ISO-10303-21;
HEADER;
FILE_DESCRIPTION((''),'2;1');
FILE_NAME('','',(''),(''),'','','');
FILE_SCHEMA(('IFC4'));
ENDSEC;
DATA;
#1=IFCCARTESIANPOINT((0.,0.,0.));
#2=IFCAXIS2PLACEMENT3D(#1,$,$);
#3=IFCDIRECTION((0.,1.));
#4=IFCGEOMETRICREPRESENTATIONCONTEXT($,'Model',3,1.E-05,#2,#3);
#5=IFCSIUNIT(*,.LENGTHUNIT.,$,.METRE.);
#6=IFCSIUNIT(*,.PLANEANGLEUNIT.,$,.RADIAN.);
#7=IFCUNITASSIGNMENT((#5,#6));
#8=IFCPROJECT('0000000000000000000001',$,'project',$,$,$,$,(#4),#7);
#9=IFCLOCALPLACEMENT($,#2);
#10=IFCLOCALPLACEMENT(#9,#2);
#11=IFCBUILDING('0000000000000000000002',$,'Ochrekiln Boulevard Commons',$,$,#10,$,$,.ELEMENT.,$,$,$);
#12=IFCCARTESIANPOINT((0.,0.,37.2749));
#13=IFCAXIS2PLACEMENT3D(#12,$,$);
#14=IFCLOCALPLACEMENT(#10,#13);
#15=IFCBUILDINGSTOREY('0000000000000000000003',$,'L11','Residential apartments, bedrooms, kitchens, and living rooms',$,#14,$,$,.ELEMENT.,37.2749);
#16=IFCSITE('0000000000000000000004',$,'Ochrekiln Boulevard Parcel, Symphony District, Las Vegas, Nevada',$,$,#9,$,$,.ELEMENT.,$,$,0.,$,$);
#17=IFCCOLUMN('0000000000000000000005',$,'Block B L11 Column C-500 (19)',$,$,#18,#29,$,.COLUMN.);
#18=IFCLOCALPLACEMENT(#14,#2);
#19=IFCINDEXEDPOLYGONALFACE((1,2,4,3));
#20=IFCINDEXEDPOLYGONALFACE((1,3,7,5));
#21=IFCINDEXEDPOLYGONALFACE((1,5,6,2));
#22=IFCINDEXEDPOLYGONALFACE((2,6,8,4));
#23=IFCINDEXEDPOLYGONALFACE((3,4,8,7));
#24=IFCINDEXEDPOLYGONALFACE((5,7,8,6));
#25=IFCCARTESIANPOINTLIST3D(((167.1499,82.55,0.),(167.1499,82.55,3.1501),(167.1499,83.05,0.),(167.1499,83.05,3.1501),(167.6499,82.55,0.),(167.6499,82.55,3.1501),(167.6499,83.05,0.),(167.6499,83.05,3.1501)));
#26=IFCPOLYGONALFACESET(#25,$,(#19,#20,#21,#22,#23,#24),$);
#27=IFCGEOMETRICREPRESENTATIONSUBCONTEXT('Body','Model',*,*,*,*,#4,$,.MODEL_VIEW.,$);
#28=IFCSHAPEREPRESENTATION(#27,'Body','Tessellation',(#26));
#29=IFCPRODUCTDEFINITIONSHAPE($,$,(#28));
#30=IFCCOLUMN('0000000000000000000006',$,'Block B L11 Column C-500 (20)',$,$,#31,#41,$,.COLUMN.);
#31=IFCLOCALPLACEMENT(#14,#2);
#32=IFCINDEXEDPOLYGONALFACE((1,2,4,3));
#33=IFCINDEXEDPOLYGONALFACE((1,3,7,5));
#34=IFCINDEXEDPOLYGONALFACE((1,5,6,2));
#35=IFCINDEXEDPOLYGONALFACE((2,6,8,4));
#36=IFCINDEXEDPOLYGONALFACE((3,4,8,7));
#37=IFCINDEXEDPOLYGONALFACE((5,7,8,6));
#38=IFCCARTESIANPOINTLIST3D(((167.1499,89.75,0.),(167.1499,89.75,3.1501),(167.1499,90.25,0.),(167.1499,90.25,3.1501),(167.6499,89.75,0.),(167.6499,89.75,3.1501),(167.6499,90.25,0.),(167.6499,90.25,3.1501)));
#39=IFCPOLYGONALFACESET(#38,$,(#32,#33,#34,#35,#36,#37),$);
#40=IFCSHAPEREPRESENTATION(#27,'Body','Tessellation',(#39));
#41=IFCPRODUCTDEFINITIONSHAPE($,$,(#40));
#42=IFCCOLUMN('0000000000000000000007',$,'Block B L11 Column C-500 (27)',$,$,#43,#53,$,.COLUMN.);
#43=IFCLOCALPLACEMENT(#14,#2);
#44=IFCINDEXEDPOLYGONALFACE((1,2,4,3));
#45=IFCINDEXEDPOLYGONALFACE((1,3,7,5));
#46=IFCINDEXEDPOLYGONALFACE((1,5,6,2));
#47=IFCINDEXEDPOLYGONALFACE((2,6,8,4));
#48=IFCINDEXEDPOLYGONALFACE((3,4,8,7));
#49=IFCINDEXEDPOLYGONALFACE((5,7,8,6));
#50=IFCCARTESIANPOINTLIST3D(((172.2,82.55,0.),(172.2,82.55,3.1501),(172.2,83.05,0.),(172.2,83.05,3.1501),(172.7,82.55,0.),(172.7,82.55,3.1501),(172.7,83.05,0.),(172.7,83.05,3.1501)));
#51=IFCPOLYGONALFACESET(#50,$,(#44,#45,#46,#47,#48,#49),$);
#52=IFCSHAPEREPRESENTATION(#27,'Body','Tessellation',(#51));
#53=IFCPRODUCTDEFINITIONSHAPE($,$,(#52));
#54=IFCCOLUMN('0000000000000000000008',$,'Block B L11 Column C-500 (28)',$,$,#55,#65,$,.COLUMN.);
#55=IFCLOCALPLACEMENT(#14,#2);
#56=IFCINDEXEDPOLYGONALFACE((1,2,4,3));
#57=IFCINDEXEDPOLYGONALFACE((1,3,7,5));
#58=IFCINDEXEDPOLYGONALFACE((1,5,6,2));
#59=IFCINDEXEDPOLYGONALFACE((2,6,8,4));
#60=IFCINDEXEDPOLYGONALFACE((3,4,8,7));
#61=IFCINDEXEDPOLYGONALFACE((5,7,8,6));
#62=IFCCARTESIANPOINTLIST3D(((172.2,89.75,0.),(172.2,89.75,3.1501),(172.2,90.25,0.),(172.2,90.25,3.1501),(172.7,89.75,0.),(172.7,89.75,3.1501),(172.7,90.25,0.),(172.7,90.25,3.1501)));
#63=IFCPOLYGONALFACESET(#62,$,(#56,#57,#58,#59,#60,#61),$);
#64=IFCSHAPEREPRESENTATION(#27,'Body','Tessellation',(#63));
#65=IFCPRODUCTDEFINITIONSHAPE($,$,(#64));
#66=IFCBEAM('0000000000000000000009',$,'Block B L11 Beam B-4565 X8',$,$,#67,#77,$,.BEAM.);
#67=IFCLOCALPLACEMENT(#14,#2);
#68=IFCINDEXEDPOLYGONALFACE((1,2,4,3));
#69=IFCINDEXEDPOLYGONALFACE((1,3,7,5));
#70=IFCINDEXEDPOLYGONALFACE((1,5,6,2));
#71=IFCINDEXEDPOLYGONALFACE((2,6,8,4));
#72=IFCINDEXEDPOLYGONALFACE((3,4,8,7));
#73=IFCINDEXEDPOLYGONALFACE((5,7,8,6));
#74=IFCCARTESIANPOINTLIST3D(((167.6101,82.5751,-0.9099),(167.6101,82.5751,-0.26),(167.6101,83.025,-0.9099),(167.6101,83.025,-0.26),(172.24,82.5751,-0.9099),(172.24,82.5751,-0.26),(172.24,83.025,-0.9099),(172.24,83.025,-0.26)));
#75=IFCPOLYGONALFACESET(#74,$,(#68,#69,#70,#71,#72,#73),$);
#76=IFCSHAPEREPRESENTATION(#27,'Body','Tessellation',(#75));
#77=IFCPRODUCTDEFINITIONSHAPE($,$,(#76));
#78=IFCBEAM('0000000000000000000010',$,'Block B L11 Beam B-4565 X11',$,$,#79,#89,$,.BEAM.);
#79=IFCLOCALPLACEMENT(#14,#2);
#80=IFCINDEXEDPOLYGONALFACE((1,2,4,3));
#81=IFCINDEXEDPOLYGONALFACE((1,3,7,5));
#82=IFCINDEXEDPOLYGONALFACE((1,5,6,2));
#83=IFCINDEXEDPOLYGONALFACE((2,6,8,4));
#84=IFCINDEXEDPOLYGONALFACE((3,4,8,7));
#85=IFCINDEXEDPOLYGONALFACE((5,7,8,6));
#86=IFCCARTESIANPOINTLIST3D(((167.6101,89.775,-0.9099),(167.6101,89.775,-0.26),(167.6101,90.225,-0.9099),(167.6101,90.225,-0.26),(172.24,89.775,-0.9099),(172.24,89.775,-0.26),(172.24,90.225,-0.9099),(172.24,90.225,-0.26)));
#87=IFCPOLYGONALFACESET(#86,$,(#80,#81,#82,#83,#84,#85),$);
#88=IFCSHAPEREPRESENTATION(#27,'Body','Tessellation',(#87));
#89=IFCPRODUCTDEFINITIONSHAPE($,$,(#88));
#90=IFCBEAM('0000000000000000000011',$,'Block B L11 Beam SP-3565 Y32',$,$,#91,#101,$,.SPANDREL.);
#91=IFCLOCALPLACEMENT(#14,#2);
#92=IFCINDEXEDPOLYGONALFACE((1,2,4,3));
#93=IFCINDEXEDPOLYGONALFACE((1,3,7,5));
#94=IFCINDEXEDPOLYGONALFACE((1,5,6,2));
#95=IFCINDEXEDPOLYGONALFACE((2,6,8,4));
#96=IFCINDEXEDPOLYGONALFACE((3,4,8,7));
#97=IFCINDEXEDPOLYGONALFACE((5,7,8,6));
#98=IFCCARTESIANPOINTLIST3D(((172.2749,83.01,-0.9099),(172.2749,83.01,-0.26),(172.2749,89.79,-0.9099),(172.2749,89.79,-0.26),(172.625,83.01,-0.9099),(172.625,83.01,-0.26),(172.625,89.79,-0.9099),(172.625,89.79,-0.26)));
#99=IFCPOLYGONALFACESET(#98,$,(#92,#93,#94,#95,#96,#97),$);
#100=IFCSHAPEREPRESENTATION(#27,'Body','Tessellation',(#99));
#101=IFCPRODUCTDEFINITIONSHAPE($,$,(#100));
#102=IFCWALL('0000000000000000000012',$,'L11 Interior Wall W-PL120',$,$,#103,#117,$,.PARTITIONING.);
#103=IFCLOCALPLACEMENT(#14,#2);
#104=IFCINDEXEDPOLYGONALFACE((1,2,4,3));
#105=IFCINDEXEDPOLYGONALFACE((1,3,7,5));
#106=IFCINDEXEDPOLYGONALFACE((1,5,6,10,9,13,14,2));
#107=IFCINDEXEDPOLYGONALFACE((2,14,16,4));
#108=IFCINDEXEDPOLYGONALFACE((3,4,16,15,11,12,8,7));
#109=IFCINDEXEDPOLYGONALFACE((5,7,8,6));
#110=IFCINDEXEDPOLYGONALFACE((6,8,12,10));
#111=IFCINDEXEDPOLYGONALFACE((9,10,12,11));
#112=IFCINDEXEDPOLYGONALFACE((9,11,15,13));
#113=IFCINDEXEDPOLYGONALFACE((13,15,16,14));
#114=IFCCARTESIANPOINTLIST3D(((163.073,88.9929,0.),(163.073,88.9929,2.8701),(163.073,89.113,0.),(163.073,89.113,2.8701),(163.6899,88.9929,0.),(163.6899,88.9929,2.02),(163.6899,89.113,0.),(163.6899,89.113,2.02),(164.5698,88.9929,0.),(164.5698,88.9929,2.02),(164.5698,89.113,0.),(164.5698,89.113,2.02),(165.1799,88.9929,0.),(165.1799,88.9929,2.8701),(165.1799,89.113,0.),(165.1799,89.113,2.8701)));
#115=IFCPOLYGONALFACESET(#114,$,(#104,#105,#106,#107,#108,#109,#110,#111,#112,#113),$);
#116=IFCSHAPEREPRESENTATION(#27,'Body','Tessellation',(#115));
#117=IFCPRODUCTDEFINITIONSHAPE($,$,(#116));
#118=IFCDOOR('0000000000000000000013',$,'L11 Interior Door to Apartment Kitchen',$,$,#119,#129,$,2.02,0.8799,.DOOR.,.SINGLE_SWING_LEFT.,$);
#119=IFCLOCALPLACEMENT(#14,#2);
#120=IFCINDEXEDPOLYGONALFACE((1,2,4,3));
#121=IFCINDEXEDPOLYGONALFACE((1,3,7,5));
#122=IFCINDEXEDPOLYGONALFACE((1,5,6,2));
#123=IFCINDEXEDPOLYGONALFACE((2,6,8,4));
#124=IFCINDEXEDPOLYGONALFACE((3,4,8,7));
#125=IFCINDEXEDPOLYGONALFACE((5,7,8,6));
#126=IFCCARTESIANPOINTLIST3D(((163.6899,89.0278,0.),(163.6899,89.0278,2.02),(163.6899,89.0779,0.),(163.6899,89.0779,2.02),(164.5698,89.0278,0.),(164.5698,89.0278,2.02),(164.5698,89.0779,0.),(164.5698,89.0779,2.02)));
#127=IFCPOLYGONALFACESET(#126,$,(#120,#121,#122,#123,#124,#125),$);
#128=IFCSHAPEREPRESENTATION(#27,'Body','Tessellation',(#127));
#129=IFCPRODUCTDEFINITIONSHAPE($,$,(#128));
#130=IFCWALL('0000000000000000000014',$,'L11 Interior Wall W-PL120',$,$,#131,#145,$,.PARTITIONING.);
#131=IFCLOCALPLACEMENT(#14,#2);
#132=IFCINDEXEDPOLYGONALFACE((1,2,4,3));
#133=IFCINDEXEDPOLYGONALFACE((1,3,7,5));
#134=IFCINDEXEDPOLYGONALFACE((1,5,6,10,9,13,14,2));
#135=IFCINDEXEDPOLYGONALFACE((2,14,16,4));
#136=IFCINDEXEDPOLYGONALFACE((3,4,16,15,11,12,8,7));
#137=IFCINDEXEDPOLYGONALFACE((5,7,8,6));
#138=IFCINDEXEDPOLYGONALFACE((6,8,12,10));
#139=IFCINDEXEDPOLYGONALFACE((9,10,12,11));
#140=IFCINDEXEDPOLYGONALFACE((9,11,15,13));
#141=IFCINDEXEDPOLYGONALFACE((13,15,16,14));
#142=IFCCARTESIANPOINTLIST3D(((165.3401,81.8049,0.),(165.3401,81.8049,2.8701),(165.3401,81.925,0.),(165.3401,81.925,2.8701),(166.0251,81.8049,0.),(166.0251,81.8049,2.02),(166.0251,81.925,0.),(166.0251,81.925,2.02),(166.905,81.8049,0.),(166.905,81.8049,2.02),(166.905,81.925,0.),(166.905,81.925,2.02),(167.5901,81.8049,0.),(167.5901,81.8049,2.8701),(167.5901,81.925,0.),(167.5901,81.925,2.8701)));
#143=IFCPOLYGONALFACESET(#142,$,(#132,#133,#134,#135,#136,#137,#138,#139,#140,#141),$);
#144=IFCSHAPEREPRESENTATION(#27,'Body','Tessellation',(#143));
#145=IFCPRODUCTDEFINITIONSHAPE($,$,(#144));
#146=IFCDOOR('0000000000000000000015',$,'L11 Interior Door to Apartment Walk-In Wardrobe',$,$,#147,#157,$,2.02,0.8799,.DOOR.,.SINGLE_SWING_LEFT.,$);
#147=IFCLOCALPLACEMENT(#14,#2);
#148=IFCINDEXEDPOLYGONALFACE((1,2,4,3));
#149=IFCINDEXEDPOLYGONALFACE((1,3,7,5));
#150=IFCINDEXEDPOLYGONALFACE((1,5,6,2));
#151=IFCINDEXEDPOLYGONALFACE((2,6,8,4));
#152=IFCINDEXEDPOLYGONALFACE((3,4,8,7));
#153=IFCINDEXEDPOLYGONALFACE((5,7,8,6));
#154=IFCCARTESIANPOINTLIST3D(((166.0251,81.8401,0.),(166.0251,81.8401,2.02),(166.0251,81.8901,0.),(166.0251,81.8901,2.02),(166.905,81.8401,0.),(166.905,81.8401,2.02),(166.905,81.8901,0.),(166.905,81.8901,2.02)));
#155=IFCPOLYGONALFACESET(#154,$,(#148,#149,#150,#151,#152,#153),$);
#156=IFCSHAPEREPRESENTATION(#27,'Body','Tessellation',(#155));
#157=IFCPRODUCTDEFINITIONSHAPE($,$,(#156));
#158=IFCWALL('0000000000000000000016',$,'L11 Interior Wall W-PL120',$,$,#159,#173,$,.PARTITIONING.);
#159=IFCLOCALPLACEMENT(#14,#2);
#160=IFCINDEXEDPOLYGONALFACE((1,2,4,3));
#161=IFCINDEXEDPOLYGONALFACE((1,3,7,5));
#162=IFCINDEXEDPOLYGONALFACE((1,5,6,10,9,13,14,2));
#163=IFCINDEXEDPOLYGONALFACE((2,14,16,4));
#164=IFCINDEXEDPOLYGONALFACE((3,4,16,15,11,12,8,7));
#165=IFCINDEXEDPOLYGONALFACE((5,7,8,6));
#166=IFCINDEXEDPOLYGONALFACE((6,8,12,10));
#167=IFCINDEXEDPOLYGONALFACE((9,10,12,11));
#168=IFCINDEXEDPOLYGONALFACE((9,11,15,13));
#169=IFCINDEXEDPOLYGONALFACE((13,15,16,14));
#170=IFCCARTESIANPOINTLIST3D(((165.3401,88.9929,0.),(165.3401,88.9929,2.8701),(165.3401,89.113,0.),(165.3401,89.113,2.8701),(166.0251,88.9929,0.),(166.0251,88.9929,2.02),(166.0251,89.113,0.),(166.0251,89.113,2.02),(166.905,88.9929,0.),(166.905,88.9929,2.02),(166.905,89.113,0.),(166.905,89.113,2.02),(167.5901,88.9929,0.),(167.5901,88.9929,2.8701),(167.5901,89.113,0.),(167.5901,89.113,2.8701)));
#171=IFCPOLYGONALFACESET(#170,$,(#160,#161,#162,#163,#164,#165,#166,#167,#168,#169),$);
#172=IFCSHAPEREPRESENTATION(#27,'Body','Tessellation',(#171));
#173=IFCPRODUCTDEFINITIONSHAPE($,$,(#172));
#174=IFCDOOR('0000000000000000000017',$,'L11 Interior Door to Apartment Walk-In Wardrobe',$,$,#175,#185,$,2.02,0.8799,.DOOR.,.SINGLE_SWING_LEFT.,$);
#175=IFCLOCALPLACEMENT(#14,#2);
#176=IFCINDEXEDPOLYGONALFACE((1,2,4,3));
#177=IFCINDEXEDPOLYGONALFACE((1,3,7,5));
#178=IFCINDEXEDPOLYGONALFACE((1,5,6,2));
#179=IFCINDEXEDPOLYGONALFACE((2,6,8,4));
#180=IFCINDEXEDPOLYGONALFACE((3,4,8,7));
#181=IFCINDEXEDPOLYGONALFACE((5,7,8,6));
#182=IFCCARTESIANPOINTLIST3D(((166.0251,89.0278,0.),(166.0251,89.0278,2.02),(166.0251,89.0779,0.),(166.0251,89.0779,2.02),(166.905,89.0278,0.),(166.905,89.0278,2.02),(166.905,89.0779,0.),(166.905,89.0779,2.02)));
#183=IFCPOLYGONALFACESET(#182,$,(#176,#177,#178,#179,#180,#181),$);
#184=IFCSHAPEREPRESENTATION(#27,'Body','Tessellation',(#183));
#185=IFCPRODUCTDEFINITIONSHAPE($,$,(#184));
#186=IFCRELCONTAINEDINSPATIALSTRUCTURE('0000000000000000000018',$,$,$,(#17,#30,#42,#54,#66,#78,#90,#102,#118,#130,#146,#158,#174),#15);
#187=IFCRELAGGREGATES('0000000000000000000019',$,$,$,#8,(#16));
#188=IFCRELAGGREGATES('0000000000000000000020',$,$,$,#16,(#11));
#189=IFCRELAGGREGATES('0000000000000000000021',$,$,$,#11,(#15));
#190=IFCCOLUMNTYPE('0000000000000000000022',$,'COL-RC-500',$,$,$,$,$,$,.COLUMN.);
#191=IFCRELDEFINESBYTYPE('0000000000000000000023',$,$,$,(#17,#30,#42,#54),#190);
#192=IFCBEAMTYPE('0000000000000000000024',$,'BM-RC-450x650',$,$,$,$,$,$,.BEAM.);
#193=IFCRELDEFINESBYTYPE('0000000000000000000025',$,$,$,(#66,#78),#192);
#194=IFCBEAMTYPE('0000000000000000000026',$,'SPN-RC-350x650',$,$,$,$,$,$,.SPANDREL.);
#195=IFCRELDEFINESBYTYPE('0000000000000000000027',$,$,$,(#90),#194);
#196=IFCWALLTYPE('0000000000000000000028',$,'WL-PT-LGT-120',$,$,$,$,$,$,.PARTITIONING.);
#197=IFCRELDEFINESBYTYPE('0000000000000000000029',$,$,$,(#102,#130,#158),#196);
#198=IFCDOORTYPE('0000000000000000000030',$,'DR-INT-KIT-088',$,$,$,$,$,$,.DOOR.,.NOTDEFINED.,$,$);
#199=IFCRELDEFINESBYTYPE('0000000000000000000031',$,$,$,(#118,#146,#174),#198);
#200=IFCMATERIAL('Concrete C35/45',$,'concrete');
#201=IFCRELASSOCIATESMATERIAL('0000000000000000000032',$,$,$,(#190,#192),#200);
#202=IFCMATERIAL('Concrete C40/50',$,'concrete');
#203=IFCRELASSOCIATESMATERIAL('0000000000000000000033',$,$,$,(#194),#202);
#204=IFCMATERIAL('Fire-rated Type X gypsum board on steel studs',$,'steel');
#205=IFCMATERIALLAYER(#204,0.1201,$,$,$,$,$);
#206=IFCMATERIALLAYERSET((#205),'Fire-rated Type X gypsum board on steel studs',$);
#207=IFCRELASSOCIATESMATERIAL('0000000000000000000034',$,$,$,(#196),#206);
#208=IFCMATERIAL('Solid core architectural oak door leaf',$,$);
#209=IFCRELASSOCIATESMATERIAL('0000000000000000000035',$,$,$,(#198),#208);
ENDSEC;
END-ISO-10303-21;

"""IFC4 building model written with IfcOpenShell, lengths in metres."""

from ifc_helpers import new_model, si_unit, direction, frame, frame_2d, origin, origin_2d, place, context, subcontext, project, spatial, rectangle, extrude, material, layer, layer_set, material_profile, profile_set, type_object, element, fill, save


model = new_model("IFC4")

# Units and contexts
model_context = context("Model", 3, precision=1e-05, world=origin(), true_north=direction((0.0, 1.0)))
body_context = subcontext(model_context, "Body", "Model", "MODEL_VIEW")
ifc_project = project(units=[si_unit("LENGTHUNIT", "METRE"), si_unit("PLANEANGLEUNIT", "RADIAN")], contexts=[model_context])

# Site, building, storey
site_placement = place(None, origin())
site = spatial("IfcSite", under=ifc_project, at=site_placement, Name="Ochrekiln Boulevard Parcel, Symphony District, Las Vegas, Nevada", CompositionType="ELEMENT", RefElevation=0.0)
building_placement = place(site_placement, origin())
building = spatial("IfcBuilding", under=site, at=building_placement, Name="Ochrekiln Boulevard Commons", CompositionType="ELEMENT")
storey_placement = place(building_placement, frame((0.0, 0.0, 37.2749)))
storey = spatial("IfcBuildingStorey", under=building, at=storey_placement, Name="L11", Description="Residential apartments, bedrooms, kitchens, and living rooms", CompositionType="ELEMENT", Elevation=37.2749)

# Columns
ifc_material_1 = material(Name="Concrete C35/45", Category="concrete")
ifc_material_profile_1 = material_profile(ifc_material_1, rectangle(XDim=0.5, YDim=0.5, at=origin_2d()), Name="RC-COL-500x500")
ifc_profile_set_1 = profile_set([ifc_material_profile_1], Name="Concrete C35/45")
column_type = type_object("IfcColumnType", Name="COL-RC-500", PredefinedType="COLUMN", material=ifc_profile_set_1)
for number, where, z_axis, x_axis, name in (
    (1, (167.3999, 82.8, 0.0), (0.0, 0.0, 1.0), (1.0, 0.0, 0.0), "Block B L11 Column C-500 (19)"),
    (2, (167.3999, 90.0, 0.0), (0.0, 0.0, 1.0), (1.0, 0.0, 0.0), "Block B L11 Column C-500 (20)"),
    (3, (172.45, 82.8, 0.0), (0.0, 0.0, 1.0), (1.0, 0.0, 0.0), "Block B L11 Column C-500 (27)"),
    (4, (172.45, 90.0, 0.0), (0.0, 0.0, 1.0), (1.0, 0.0, 0.0), "Block B L11 Column C-500 (28)"),
):
    element("IfcColumn", number, at=place(storey_placement, frame(where, z_axis=z_axis, x_axis=x_axis)), inside=storey, type_object=column_type, Name=name, PredefinedType="COLUMN", context=body_context, shape_type="SweptSolid", body=[
        extrude(rectangle(XDim=0.5, YDim=0.5, at=origin_2d()), origin(), (0.0, 0.0, 1.0), 3.1501),
    ])

# Beams
ifc_material_profile_2 = material_profile(ifc_material_1, rectangle(XDim=0.45, YDim=0.6499, at=origin_2d()), Name="RC-BM-450x650")
ifc_profile_set_2 = profile_set([ifc_material_profile_2], Name="Concrete C35/45")
beam_type_1 = type_object("IfcBeamType", Name="BM-RC-450x650", PredefinedType="BEAM", material=ifc_profile_set_2)
for number, where, z_axis, x_axis, name in (
    (5, (167.6101, 82.8, -0.585), (1.0, 0.0, 0.0), (0.0, 1.0, 0.0), "Block B L11 Beam B-4565 X8"),
    (6, (167.6101, 90.0, -0.585), (1.0, 0.0, 0.0), (0.0, 1.0, 0.0), "Block B L11 Beam B-4565 X11"),
):
    element("IfcBeam", number, at=place(storey_placement, frame(where, z_axis=z_axis, x_axis=x_axis)), inside=storey, type_object=beam_type_1, Name=name, PredefinedType="BEAM", context=body_context, shape_type="SweptSolid", body=[
        extrude(rectangle(XDim=0.45, YDim=0.6499, at=origin_2d()), origin(), (0.0, 0.0, 1.0), 4.6299),
    ])
ifc_material_2 = material(Name="Concrete C40/50", Category="concrete")
ifc_material_profile_3 = material_profile(ifc_material_2, rectangle(XDim=0.3501, YDim=0.6499, at=origin_2d()), Name="RC-SPN-350x650")
ifc_profile_set_3 = profile_set([ifc_material_profile_3], Name="Concrete C40/50")
beam_type_2 = type_object("IfcBeamType", Name="SPN-RC-350x650", PredefinedType="SPANDREL", material=ifc_profile_set_3)
beam_placement = place(storey_placement, frame((172.45, 83.01, -0.585), z_axis=(0.0, 1.0, 0.0), x_axis=(-1.0, 0.0, 0.0)))
element("IfcBeam", 7, at=beam_placement, inside=storey, type_object=beam_type_2, Name="Block B L11 Beam SP-3565 Y32", PredefinedType="SPANDREL", context=body_context, shape_type="SweptSolid", body=[
    extrude(rectangle(XDim=0.3501, YDim=0.6499, at=origin_2d()), origin(), (0.0, 0.0, 1.0), 6.78),
])

# Walls, openings, doors
ifc_material_3 = material(Name="Fire-rated Type X gypsum board on steel studs", Category="steel")
ifc_layer_1 = layer(ifc_material_3, 0.1201)
ifc_layer_set_1 = layer_set([ifc_layer_1], Name="Fire-rated Type X gypsum board on steel studs")
wall_type_1 = type_object("IfcWallType", Name="WL-PT-LGT-120", PredefinedType="PARTITIONING", material=ifc_layer_set_1)
wall_1_placement = place(storey_placement, frame((163.073, 89.053, 0.0), z_axis=(0.0, 0.0, 1.0), x_axis=(1.0, 0.0, 0.0)))
wall_1 = element("IfcWall", 8, at=wall_1_placement, inside=storey, type_object=wall_type_1, Name="L11 Interior Wall W-PL120", PredefinedType="PARTITIONING", context=body_context, shape_type="SweptSolid", body=[
    extrude(rectangle(XDim=2.1069, YDim=0.1201, at=frame_2d((1.0535, 0.0))), origin(), (0.0, 0.0, 1.0), 2.8701),
])
opening_1_placement = place(wall_1_placement, frame((0.6169, 0.0, 0.0)))
opening_1 = element("IfcOpeningElement", 9, at=opening_1_placement, cuts=wall_1, PredefinedType="OPENING", context=body_context, shape_type="SweptSolid", body=[
    extrude(rectangle(XDim=0.8799, YDim=2.02, at=frame_2d((0.4399, 1.01))), frame((0.0, 0.0701, 0.0), z_axis=(0.0, -1.0, 0.0), x_axis=(1.0, 0.0, 0.0)), (0.0, 0.0, 1.0), 0.1401),
])
ifc_material_4 = material(Name="Solid core architectural oak door leaf")
door_type_1 = type_object("IfcDoorType", Name="DR-INT-KIT-088", OperationType="NOTDEFINED", PredefinedType="DOOR", material=ifc_material_4)
door_1_placement = place(opening_1_placement, origin())
door_1 = element("IfcDoor", 10, at=door_1_placement, inside=storey, type_object=door_type_1, Name="L11 Interior Door to Apartment Kitchen", OperationType="SINGLE_SWING_LEFT", OverallHeight=2.02, OverallWidth=0.8799, PredefinedType="DOOR", context=body_context, shape_type="SweptSolid", body=[
    extrude(rectangle(XDim=0.8799, YDim=2.02, at=frame_2d((0.4399, 1.01))), frame((0.0, 0.0249, 0.0), z_axis=(0.0, -1.0, 0.0), x_axis=(1.0, 0.0, 0.0)), (0.0, 0.0, 1.0), 0.05),
])
fill(opening_1, door_1)
wall_2_placement = place(storey_placement, frame((165.3401, 81.865, 0.0), z_axis=(0.0, 0.0, 1.0), x_axis=(1.0, 0.0, 0.0)))
wall_2 = element("IfcWall", 11, at=wall_2_placement, inside=storey, type_object=wall_type_1, Name="L11 Interior Wall W-PL120", PredefinedType="PARTITIONING", context=body_context, shape_type="SweptSolid", body=[
    extrude(rectangle(XDim=2.25, YDim=0.1201, at=frame_2d((1.125, 0.0))), origin(), (0.0, 0.0, 1.0), 2.8701),
])
opening_2_placement = place(wall_2_placement, frame((0.6851, 0.0, 0.0)))
opening_2 = element("IfcOpeningElement", 12, at=opening_2_placement, cuts=wall_2, PredefinedType="OPENING", context=body_context, shape_type="SweptSolid", body=[
    extrude(rectangle(XDim=0.8799, YDim=2.02, at=frame_2d((0.4399, 1.01))), frame((0.0, 0.0701, 0.0), z_axis=(0.0, -1.0, 0.0), x_axis=(1.0, 0.0, 0.0)), (0.0, 0.0, 1.0), 0.1401),
])
door_2_placement = place(opening_2_placement, frame((0.8799, 0.0, 0.0), z_axis=(0.0, 0.0, 1.0), x_axis=(-1.0, 0.0, 0.0)))
door_2 = element("IfcDoor", 13, at=door_2_placement, inside=storey, type_object=door_type_1, Name="L11 Interior Door to Apartment Walk-In Wardrobe", OperationType="SINGLE_SWING_LEFT", OverallHeight=2.02, OverallWidth=0.8799, PredefinedType="DOOR", context=body_context, shape_type="SweptSolid", body=[
    extrude(rectangle(XDim=0.8799, YDim=2.02, at=frame_2d((0.4399, 1.01))), frame((0.0, 0.0249, 0.0), z_axis=(0.0, -1.0, 0.0), x_axis=(1.0, 0.0, 0.0)), (0.0, 0.0, 1.0), 0.05),
])
fill(opening_2, door_2)
wall_3_placement = place(storey_placement, frame((165.3401, 89.053, 0.0), z_axis=(0.0, 0.0, 1.0), x_axis=(1.0, 0.0, 0.0)))
wall_3 = element("IfcWall", 14, at=wall_3_placement, inside=storey, type_object=wall_type_1, Name="L11 Interior Wall W-PL120", PredefinedType="PARTITIONING", context=body_context, shape_type="SweptSolid", body=[
    extrude(rectangle(XDim=2.25, YDim=0.1201, at=frame_2d((1.125, 0.0))), origin(), (0.0, 0.0, 1.0), 2.8701),
])
opening_3_placement = place(wall_3_placement, frame((0.6851, 0.0, 0.0)))
opening_3 = element("IfcOpeningElement", 15, at=opening_3_placement, cuts=wall_3, PredefinedType="OPENING", context=body_context, shape_type="SweptSolid", body=[
    extrude(rectangle(XDim=0.8799, YDim=2.02, at=frame_2d((0.4399, 1.01))), frame((0.0, 0.0701, 0.0), z_axis=(0.0, -1.0, 0.0), x_axis=(1.0, 0.0, 0.0)), (0.0, 0.0, 1.0), 0.1401),
])
door_3_placement = place(opening_3_placement, origin())
door_3 = element("IfcDoor", 16, at=door_3_placement, inside=storey, type_object=door_type_1, Name="L11 Interior Door to Apartment Walk-In Wardrobe", OperationType="SINGLE_SWING_LEFT", OverallHeight=2.02, OverallWidth=0.8799, PredefinedType="DOOR", context=body_context, shape_type="SweptSolid", body=[
    extrude(rectangle(XDim=0.8799, YDim=2.02, at=frame_2d((0.4399, 1.01))), frame((0.0, 0.0249, 0.0), z_axis=(0.0, -1.0, 0.0), x_axis=(1.0, 0.0, 0.0)), (0.0, 0.0, 1.0), 0.05),
])
fill(opening_3, door_3)

save(model, "model.ifc")
